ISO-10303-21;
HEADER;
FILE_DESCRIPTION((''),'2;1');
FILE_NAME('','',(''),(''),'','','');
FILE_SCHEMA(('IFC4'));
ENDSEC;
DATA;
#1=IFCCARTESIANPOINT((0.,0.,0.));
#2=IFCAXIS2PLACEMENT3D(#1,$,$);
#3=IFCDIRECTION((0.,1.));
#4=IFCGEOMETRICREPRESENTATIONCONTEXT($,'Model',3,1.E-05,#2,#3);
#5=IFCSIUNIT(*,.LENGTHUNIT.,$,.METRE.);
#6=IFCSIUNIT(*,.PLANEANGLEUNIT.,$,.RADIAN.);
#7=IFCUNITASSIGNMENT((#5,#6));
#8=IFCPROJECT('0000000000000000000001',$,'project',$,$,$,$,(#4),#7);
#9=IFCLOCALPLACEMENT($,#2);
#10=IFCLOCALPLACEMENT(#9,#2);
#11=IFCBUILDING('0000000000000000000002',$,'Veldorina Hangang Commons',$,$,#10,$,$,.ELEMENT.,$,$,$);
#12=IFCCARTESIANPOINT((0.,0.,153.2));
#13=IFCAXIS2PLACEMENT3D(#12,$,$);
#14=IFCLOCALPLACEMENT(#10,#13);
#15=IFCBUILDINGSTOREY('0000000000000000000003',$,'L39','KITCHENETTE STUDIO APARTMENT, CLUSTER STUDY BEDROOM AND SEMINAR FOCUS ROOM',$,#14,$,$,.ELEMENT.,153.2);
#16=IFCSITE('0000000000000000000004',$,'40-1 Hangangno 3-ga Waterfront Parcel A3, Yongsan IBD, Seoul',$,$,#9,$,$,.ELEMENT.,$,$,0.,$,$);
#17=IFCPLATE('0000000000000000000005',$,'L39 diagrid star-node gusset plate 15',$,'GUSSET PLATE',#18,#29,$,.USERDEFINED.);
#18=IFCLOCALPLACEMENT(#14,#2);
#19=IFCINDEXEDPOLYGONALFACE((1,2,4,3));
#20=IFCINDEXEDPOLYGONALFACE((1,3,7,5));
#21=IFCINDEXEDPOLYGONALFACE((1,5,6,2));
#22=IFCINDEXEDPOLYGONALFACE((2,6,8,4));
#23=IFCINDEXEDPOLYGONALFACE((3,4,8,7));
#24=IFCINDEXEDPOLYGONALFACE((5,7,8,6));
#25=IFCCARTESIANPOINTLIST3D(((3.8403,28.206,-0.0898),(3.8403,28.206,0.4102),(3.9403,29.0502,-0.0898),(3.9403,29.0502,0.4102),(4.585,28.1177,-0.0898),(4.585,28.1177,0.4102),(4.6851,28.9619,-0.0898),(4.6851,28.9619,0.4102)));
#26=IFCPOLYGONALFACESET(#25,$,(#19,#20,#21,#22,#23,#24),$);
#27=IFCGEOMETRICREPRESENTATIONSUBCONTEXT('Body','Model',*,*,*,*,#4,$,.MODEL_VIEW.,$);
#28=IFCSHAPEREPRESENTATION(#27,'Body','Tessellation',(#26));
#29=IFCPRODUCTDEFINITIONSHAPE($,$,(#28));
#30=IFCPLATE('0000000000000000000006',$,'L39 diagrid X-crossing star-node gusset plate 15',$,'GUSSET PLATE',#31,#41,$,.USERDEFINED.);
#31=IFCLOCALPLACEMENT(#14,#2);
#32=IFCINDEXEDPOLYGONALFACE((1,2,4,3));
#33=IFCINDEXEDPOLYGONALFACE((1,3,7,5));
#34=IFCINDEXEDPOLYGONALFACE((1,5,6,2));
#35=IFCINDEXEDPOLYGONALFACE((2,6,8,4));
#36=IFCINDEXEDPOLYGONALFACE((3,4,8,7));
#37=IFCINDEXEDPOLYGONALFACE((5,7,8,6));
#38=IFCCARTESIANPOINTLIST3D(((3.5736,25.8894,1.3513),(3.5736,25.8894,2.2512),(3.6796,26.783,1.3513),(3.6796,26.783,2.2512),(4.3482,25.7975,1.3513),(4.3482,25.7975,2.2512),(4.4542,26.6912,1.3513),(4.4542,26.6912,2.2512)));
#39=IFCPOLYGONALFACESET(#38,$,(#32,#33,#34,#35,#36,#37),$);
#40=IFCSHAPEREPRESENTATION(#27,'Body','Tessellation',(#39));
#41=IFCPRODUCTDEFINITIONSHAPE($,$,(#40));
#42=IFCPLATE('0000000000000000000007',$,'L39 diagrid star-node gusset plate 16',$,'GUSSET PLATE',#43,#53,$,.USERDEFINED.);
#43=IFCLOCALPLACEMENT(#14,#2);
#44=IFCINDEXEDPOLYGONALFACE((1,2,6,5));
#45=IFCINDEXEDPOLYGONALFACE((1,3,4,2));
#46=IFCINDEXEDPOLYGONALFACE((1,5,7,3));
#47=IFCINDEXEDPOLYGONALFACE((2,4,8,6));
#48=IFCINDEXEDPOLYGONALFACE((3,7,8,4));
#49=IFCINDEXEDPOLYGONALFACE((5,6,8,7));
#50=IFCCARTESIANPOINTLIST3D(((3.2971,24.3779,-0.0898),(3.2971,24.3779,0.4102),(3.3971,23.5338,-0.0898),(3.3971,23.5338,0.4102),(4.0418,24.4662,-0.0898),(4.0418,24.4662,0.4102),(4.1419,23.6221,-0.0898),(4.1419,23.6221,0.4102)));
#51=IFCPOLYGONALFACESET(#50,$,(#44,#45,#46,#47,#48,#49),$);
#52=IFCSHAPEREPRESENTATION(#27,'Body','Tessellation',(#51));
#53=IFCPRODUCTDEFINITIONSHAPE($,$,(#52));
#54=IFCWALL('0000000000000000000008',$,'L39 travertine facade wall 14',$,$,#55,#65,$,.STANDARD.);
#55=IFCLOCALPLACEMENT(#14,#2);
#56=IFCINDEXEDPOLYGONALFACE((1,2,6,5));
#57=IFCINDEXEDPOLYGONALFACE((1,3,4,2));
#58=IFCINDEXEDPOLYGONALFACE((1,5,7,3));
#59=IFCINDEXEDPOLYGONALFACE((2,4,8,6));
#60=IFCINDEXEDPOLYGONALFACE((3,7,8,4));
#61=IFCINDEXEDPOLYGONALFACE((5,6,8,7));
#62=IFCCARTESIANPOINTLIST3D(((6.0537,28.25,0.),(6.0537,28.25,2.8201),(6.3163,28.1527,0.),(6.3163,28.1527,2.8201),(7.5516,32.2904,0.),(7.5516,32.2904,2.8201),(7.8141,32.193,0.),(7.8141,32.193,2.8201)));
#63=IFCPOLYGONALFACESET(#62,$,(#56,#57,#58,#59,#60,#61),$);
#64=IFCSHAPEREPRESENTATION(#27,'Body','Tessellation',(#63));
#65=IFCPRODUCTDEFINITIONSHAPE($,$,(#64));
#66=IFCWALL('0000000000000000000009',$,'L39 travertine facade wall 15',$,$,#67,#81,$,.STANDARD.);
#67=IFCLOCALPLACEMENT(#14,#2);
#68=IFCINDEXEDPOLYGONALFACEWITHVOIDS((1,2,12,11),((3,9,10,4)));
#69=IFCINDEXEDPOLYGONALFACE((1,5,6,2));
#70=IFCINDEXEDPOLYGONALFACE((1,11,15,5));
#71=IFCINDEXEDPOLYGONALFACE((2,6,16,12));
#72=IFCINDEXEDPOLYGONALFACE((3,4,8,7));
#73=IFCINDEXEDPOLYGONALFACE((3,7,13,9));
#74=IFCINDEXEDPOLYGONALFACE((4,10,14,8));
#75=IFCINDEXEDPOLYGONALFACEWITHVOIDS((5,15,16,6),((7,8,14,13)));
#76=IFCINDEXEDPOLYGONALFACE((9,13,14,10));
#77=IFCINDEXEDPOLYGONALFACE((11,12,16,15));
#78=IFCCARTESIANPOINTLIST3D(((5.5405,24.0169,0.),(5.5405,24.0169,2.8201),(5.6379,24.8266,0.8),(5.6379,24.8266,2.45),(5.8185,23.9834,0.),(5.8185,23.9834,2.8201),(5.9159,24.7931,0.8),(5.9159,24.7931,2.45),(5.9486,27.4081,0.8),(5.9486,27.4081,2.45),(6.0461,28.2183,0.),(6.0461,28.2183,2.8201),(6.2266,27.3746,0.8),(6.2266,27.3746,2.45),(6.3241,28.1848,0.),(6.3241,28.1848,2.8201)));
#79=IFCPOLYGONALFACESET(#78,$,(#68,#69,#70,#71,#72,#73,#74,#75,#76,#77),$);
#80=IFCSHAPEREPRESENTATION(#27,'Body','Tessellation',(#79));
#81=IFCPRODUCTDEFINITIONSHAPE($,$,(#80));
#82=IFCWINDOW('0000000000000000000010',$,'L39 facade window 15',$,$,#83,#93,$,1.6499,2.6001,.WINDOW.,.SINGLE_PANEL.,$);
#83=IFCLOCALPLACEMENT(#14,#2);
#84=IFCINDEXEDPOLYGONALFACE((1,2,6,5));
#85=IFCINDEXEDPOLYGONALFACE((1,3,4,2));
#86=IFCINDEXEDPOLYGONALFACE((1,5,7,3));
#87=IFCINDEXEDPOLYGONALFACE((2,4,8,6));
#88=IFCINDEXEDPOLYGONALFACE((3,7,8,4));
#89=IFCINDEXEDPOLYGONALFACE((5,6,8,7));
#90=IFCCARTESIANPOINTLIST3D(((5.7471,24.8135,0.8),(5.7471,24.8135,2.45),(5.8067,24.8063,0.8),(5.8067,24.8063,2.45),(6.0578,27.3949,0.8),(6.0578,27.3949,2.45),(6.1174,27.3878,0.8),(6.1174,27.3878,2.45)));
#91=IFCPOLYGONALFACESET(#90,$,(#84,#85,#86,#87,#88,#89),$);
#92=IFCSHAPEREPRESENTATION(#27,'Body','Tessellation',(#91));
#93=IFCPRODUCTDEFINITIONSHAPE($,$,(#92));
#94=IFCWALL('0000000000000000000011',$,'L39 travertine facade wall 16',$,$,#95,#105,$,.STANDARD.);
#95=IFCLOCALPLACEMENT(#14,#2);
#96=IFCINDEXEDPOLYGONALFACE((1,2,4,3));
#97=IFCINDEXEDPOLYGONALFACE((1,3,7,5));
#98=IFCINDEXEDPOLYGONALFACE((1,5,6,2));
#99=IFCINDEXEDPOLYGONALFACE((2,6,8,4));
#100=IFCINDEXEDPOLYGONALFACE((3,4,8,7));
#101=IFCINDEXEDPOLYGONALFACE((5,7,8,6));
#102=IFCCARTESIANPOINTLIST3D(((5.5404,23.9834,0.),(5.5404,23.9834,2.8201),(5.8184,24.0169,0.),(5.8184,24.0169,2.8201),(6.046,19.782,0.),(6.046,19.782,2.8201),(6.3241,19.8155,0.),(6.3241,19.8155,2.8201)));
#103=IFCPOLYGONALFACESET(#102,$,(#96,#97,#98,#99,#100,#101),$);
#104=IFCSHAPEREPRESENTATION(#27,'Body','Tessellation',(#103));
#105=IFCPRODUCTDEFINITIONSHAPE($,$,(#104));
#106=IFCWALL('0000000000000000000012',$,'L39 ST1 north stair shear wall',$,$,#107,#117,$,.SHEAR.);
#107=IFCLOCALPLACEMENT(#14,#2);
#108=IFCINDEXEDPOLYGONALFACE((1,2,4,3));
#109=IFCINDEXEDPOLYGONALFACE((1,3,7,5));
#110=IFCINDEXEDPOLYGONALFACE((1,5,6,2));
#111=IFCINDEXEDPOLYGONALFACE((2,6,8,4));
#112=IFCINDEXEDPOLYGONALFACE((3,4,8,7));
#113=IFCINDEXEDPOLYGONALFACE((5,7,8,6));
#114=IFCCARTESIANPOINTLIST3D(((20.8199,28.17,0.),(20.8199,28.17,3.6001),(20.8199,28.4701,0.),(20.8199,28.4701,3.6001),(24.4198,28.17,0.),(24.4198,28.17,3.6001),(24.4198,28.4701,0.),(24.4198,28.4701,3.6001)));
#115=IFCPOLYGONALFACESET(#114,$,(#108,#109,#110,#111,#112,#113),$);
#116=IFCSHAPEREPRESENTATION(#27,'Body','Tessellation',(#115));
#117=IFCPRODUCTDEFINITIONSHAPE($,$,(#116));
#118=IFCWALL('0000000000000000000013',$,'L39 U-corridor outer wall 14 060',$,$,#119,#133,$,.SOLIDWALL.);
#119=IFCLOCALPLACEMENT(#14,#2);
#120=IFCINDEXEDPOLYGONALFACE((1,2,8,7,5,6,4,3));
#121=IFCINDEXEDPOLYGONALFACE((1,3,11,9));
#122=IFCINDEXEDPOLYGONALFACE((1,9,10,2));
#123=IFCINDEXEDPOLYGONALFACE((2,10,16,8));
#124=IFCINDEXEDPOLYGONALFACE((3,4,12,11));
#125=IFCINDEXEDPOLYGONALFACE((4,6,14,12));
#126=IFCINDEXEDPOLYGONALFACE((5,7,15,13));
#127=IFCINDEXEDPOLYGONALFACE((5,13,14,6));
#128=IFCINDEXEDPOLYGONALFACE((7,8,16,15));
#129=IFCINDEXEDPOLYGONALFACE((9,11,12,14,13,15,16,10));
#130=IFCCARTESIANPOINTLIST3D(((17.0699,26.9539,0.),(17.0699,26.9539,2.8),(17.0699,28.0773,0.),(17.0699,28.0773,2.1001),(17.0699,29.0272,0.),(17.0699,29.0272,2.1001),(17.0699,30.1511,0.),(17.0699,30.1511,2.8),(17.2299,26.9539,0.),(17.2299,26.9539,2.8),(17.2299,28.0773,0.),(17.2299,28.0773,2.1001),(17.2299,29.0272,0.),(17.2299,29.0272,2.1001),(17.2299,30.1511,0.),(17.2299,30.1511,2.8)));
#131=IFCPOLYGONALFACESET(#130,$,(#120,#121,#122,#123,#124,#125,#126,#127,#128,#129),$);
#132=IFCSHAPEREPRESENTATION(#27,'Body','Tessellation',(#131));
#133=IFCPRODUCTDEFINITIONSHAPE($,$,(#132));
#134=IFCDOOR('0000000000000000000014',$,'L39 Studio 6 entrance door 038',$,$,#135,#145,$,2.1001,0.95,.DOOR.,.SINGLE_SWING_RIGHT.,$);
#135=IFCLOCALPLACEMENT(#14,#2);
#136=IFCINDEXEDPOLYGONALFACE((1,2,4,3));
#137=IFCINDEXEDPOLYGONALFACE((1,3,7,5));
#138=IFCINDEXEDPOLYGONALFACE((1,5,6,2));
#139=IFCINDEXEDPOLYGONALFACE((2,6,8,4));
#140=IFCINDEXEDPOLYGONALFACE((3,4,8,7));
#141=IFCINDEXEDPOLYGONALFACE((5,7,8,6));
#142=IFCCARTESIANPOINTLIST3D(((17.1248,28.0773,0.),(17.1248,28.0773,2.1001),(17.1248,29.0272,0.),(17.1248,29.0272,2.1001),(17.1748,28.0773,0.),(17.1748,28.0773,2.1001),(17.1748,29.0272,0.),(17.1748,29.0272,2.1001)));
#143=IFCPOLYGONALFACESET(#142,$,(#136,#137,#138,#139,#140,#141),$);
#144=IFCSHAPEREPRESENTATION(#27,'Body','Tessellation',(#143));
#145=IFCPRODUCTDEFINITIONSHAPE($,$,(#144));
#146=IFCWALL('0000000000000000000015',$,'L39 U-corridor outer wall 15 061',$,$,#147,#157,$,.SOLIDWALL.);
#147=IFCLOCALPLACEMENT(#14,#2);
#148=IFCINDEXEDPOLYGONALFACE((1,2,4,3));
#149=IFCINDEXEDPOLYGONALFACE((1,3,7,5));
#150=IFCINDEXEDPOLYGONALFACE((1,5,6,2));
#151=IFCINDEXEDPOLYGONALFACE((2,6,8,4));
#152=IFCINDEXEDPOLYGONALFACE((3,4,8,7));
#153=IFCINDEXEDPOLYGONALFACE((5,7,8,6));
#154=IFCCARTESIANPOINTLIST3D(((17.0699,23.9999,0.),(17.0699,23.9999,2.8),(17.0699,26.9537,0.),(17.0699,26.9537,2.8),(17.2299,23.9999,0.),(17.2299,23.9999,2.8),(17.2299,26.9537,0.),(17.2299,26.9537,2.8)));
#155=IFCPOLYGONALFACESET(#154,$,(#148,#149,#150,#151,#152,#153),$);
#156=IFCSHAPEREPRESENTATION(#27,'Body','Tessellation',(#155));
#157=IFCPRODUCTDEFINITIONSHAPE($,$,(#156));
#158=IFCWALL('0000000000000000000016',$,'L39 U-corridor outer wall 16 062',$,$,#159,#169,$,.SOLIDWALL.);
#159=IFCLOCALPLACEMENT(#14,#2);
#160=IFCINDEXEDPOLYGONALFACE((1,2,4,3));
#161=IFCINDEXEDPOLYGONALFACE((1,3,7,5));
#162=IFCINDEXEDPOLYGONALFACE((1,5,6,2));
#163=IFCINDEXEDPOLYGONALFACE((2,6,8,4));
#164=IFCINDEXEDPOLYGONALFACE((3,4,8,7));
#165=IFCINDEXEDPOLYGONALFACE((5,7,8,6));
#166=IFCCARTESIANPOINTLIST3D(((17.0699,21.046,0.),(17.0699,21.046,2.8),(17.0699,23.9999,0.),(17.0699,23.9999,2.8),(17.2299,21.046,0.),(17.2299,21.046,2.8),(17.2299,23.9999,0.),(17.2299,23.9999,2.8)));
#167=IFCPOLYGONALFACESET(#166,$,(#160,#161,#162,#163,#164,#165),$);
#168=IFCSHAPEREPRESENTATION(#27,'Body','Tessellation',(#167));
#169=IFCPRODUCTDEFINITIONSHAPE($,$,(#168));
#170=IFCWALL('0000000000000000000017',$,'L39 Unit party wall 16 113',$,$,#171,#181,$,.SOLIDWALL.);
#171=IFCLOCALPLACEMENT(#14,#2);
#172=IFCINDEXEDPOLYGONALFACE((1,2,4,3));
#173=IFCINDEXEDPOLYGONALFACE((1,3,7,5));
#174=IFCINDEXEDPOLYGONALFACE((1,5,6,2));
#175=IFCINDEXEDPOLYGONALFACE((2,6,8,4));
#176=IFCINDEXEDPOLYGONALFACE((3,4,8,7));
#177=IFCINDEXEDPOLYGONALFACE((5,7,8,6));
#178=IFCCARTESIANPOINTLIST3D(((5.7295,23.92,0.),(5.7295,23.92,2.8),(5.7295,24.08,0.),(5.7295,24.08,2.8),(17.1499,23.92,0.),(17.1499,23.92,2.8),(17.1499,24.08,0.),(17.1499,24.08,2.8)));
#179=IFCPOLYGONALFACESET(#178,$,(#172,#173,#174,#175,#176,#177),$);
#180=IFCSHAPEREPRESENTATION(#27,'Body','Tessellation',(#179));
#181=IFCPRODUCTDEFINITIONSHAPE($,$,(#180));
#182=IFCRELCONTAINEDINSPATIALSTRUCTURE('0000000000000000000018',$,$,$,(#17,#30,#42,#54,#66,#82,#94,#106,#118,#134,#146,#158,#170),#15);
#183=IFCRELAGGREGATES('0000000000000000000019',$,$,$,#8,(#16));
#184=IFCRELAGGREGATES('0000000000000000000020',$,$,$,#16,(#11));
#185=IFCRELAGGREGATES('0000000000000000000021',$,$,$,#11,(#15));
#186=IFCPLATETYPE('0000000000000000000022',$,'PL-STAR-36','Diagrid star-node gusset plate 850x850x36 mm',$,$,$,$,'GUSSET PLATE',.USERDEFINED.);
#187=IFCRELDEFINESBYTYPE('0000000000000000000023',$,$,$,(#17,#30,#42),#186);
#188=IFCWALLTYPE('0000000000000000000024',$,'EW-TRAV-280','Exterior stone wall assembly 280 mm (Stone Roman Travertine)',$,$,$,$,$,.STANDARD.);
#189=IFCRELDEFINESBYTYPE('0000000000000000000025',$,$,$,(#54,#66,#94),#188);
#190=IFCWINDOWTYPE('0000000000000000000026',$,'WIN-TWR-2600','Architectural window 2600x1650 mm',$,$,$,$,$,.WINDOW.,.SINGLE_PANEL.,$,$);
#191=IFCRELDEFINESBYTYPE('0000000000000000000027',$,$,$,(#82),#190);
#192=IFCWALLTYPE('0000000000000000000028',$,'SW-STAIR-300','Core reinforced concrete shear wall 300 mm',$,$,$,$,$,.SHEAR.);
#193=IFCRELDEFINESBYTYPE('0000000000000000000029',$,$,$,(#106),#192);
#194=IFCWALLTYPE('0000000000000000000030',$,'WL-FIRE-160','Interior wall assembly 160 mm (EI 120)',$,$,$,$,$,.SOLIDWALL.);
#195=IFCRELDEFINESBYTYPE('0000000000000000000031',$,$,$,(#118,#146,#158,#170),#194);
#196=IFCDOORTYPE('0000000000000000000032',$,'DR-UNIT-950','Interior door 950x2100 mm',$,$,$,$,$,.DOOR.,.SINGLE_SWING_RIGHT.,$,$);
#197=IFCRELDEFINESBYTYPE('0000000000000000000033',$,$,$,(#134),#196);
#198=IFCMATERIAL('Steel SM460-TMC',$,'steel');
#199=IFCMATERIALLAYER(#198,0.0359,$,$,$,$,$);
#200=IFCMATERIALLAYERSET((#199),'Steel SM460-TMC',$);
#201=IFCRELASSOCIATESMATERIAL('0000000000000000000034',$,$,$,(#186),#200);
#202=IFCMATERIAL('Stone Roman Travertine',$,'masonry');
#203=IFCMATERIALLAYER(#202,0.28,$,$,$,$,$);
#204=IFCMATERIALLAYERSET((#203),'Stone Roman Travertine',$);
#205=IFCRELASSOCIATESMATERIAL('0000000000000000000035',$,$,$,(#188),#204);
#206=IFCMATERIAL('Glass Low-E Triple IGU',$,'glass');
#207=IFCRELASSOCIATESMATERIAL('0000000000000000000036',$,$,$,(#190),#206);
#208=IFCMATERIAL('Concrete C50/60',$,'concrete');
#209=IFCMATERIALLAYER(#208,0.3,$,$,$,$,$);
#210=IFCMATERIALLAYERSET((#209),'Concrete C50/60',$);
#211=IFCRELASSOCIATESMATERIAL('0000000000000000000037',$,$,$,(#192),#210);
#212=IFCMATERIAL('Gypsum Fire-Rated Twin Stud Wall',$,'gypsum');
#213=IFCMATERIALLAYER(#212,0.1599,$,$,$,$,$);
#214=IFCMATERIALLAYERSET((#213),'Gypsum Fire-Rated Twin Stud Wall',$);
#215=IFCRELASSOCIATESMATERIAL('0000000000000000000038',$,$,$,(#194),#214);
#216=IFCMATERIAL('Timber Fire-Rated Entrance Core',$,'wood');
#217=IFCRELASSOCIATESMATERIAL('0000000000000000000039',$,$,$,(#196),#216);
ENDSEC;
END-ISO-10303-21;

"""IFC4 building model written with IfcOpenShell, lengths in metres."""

from ifc_helpers import new_model, si_unit, direction, frame, frame_2d, origin, origin_2d, place, context, subcontext, project, spatial, rectangle, extrude, material, layer, layer_set, type_object, element, fill, save


model = new_model("IFC4")

# Units and contexts
model_context = context("Model", 3, precision=1e-05, world=origin(), true_north=direction((0.0, 1.0)))
body_context = subcontext(model_context, "Body", "Model", "MODEL_VIEW")
ifc_project = project(units=[si_unit("LENGTHUNIT", "METRE"), si_unit("PLANEANGLEUNIT", "RADIAN")], contexts=[model_context])

# Site, building, storey
site_placement = place(None, origin())
site = spatial("IfcSite", under=ifc_project, at=site_placement, Name="40-1 Hangangno 3-ga Waterfront Parcel A3, Yongsan IBD, Seoul", CompositionType="ELEMENT", RefElevation=0.0)
building_placement = place(site_placement, origin())
building = spatial("IfcBuilding", under=site, at=building_placement, Name="Veldorina Hangang Commons", CompositionType="ELEMENT")
storey_placement = place(building_placement, frame((0.0, 0.0, 153.2)))
storey = spatial("IfcBuildingStorey", under=building, at=storey_placement, Name="L39", Description="KITCHENETTE STUDIO APARTMENT, CLUSTER STUDY BEDROOM AND SEMINAR FOCUS ROOM", CompositionType="ELEMENT", Elevation=153.2)

# Plates
ifc_material_1 = material(Name="Steel SM460-TMC", Category="steel")
ifc_layer_1 = layer(ifc_material_1, 0.0359)
ifc_layer_set_1 = layer_set([ifc_layer_1], Name="Steel SM460-TMC")
plate_type = type_object("IfcPlateType", Name="PL-STAR-36", Description="Diagrid star-node gusset plate 850x850x36 mm", ElementType="GUSSET PLATE", PredefinedType="USERDEFINED", material=ifc_layer_set_1)
plate_1_placement = place(storey_placement, frame((4.2627, 28.584, -0.0898), z_axis=(0.0, 0.0, 1.0), x_axis=(-0.117728, -0.993046, 0.0)))
element("IfcPlate", 1, at=plate_1_placement, inside=storey, type_object=plate_type, Name="L39 diagrid star-node gusset plate 15", ObjectType="GUSSET PLATE", PredefinedType="USERDEFINED", context=body_context, shape_type="SweptSolid", body=[
    extrude(rectangle(XDim=0.8501, YDim=0.75, at=origin_2d()), origin(), (0.0, 0.0, 1.0), 0.5),
])
plate_2_placement = place(storey_placement, frame((4.0139, 26.2903, 1.3513), z_axis=(0.0, 0.0, 1.0), x_axis=(-0.117728, -0.993046, 0.0)))
element("IfcPlate", 2, at=plate_2_placement, inside=storey, type_object=plate_type, Name="L39 diagrid X-crossing star-node gusset plate 15", ObjectType="GUSSET PLATE", PredefinedType="USERDEFINED", context=body_context, shape_type="SweptSolid", body=[
    extrude(rectangle(XDim=0.8999, YDim=0.78, at=origin_2d()), origin(), (0.0, 0.0, 1.0), 0.8999),
])
plate_3_placement = place(storey_placement, frame((3.7195, 24.0, -0.0898), z_axis=(0.0, 0.0, 1.0), x_axis=(0.117728, -0.993046, 0.0)))
element("IfcPlate", 3, at=plate_3_placement, inside=storey, type_object=plate_type, Name="L39 diagrid star-node gusset plate 16", ObjectType="GUSSET PLATE", PredefinedType="USERDEFINED", context=body_context, shape_type="SweptSolid", body=[
    extrude(rectangle(XDim=0.8501, YDim=0.75, at=origin_2d()), origin(), (0.0, 0.0, 1.0), 0.5),
])

# Wall
ifc_material_2 = material(Name="Stone Roman Travertine", Category="masonry")
ifc_layer_2 = layer(ifc_material_2, 0.28)
ifc_layer_set_2 = layer_set([ifc_layer_2], Name="Stone Roman Travertine")
wall_type_1 = type_object("IfcWallType", Name="EW-TRAV-280", Description="Exterior stone wall assembly 280 mm (Stone Roman Travertine)", PredefinedType="STANDARD", material=ifc_layer_set_2)
wall_1_placement = place(storey_placement, frame((7.6829, 32.2417, 0.0), z_axis=(0.0, 0.0, 1.0), x_axis=(-0.3476, -0.937643, 0.0)))
element("IfcWall", 4, at=wall_1_placement, inside=storey, type_object=wall_type_1, Name="L39 travertine facade wall 14", PredefinedType="STANDARD", context=body_context, shape_type="SweptSolid", body=[
    extrude(rectangle(XDim=4.3091, YDim=0.28, at=frame_2d((2.1545, 0.0))), origin(), (0.0, 0.0, 1.0), 2.8201),
])

# Wall, opening, window
wall_2_placement = place(storey_placement, frame((6.1851, 28.2014, 0.0), z_axis=(0.0, 0.0, 1.0), x_axis=(-0.119482, -0.992836, 0.0)))
wall_2 = element("IfcWall", 5, at=wall_2_placement, inside=storey, type_object=wall_type_1, Name="L39 travertine facade wall 15", PredefinedType="STANDARD", context=body_context, shape_type="SweptSolid", body=[
    extrude(rectangle(XDim=4.2317, YDim=0.28, at=frame_2d((2.1157, 0.0))), origin(), (0.0, 0.0, 1.0), 2.8201),
])
opening_1_placement = place(wall_2_placement, frame((0.8159, 0.0, 0.8)))
opening_1 = element("IfcOpeningElement", 6, at=opening_1_placement, cuts=wall_2, PredefinedType="OPENING", context=body_context, shape_type="SweptSolid", body=[
    extrude(rectangle(XDim=2.6001, YDim=1.6499, at=frame_2d((1.3, 0.825))), frame((0.0, 0.1499, 0.0), z_axis=(0.0, -1.0, 0.0), x_axis=(1.0, 0.0, 0.0)), (0.0, 0.0, 1.0), 0.3),
])
ifc_material_3 = material(Name="Glass Low-E Triple IGU", Category="glass")
window_type = type_object("IfcWindowType", Name="WIN-TWR-2600", Description="Architectural window 2600x1650 mm", PartitioningType="SINGLE_PANEL", PredefinedType="WINDOW", material=ifc_material_3)
window_placement = place(opening_1_placement, origin())
window = element("IfcWindow", 7, at=window_placement, inside=storey, type_object=window_type, Name="L39 facade window 15", OverallHeight=1.6499, OverallWidth=2.6001, PartitioningType="SINGLE_PANEL", PredefinedType="WINDOW", context=body_context, shape_type="SweptSolid", body=[
    extrude(rectangle(XDim=2.6001, YDim=1.6499, at=frame_2d((1.3, 0.825))), frame((0.0, 0.03, 0.0), z_axis=(0.0, -1.0, 0.0), x_axis=(1.0, 0.0, 0.0)), (0.0, 0.0, 1.0), 0.0601),
])
fill(opening_1, window)

# Walls
wall_3_placement = place(storey_placement, frame((5.6794, 24.0, 0.0), z_axis=(0.0, 0.0, 1.0), x_axis=(0.119482, -0.992836, 0.0)))
element("IfcWall", 8, at=wall_3_placement, inside=storey, type_object=wall_type_1, Name="L39 travertine facade wall 16", PredefinedType="STANDARD", context=body_context, shape_type="SweptSolid", body=[
    extrude(rectangle(XDim=4.2317, YDim=0.28, at=frame_2d((2.1157, 0.0))), origin(), (0.0, 0.0, 1.0), 2.8201),
])
ifc_material_4 = material(Name="Concrete C50/60", Category="concrete")
ifc_layer_3 = layer(ifc_material_4, 0.3)
ifc_layer_set_3 = layer_set([ifc_layer_3], Name="Concrete C50/60")
wall_type_2 = type_object("IfcWallType", Name="SW-STAIR-300", Description="Core reinforced concrete shear wall 300 mm", PredefinedType="SHEAR", material=ifc_layer_set_3)
wall_4_placement = place(storey_placement, frame((20.8201, 28.3201, 0.0), z_axis=(0.0, 0.0, 1.0), x_axis=(1.0, 0.0, 0.0)))
element("IfcWall", 9, at=wall_4_placement, inside=storey, type_object=wall_type_2, Name="L39 ST1 north stair shear wall", PredefinedType="SHEAR", context=body_context, shape_type="SweptSolid", body=[
    extrude(rectangle(XDim=3.5999, YDim=0.3, at=frame_2d((1.7998, 0.0))), origin(), (0.0, 0.0, 1.0), 3.6001),
])

# Wall, opening, door
ifc_material_5 = material(Name="Gypsum Fire-Rated Twin Stud Wall", Category="gypsum")
ifc_layer_4 = layer(ifc_material_5, 0.1599)
ifc_layer_set_4 = layer_set([ifc_layer_4], Name="Gypsum Fire-Rated Twin Stud Wall")
wall_type_3 = type_object("IfcWallType", Name="WL-FIRE-160", Description="Interior wall assembly 160 mm (EI 120)", PredefinedType="SOLIDWALL", material=ifc_layer_set_4)
wall_5_placement = place(storey_placement, frame((17.1499, 30.1511, 0.0), z_axis=(0.0, 0.0, 1.0), x_axis=(0.0, -1.0, 0.0)))
wall_5 = element("IfcWall", 10, at=wall_5_placement, inside=storey, type_object=wall_type_3, Name="L39 U-corridor outer wall 14 060", PredefinedType="SOLIDWALL", context=body_context, shape_type="SweptSolid", body=[
    extrude(rectangle(XDim=3.1973, YDim=0.1599, at=frame_2d((1.5986, 0.0))), origin(), (0.0, 0.0, 1.0), 2.8),
])
opening_2_placement = place(wall_5_placement, frame((1.1238, 0.0, 0.0)))
opening_2 = element("IfcOpeningElement", 11, at=opening_2_placement, cuts=wall_5, PredefinedType="OPENING", context=body_context, shape_type="SweptSolid", body=[
    extrude(rectangle(XDim=0.95, YDim=2.1001, at=frame_2d((0.4751, 1.05))), frame((0.0, 0.0898, 0.0), z_axis=(0.0, -1.0, 0.0), x_axis=(1.0, 0.0, 0.0)), (0.0, 0.0, 1.0), 0.1799),
])
ifc_material_6 = material(Name="Timber Fire-Rated Entrance Core", Category="wood")
door_type_1 = type_object("IfcDoorType", Name="DR-UNIT-950", Description="Interior door 950x2100 mm", OperationType="SINGLE_SWING_RIGHT", PredefinedType="DOOR", material=ifc_material_6)
door_1_placement = place(opening_2_placement, origin())
door_1 = element("IfcDoor", 12, at=door_1_placement, inside=storey, type_object=door_type_1, Name="L39 Studio 6 entrance door 038", OperationType="SINGLE_SWING_RIGHT", OverallHeight=2.1001, OverallWidth=0.95, PredefinedType="DOOR", context=body_context, shape_type="SweptSolid", body=[
    extrude(rectangle(XDim=0.95, YDim=2.1001, at=frame_2d((0.4751, 1.05))), frame((0.0, 0.0249, 0.0), z_axis=(0.0, -1.0, 0.0), x_axis=(1.0, 0.0, 0.0)), (0.0, 0.0, 1.0), 0.05),
])
fill(opening_2, door_1)

# Walls
for number, where, z_axis, x_axis, name in (
    (13, (17.1499, 26.9539, 0.0), (0.0, 0.0, 1.0), (0.0, -1.0, 0.0), "L39 U-corridor outer wall 15 061"),
    (14, (17.1499, 24.0, 0.0), (0.0, 0.0, 1.0), (0.0, -1.0, 0.0), "L39 U-corridor outer wall 16 062"),
):
    element("IfcWall", number, at=place(storey_placement, frame(where, z_axis=z_axis, x_axis=x_axis)), inside=storey, type_object=wall_type_3, Name=name, PredefinedType="SOLIDWALL", context=body_context, shape_type="SweptSolid", body=[
        extrude(rectangle(XDim=2.9539, YDim=0.1599, at=frame_2d((1.4771, 0.0))), origin(), (0.0, 0.0, 1.0), 2.8),
    ])
wall_6_placement = place(storey_placement, frame((17.1499, 24.0, 0.0), z_axis=(0.0, 0.0, 1.0), x_axis=(-1.0, 0.0, 0.0)))
element("IfcWall", 15, at=wall_6_placement, inside=storey, type_object=wall_type_3, Name="L39 Unit party wall 16 113", PredefinedType="SOLIDWALL", context=body_context, shape_type="SweptSolid", body=[
    extrude(rectangle(XDim=11.4204, YDim=0.1599, at=frame_2d((5.7102, 0.0))), origin(), (0.0, 0.0, 1.0), 2.8),
])

save(model, "model.ifc")
